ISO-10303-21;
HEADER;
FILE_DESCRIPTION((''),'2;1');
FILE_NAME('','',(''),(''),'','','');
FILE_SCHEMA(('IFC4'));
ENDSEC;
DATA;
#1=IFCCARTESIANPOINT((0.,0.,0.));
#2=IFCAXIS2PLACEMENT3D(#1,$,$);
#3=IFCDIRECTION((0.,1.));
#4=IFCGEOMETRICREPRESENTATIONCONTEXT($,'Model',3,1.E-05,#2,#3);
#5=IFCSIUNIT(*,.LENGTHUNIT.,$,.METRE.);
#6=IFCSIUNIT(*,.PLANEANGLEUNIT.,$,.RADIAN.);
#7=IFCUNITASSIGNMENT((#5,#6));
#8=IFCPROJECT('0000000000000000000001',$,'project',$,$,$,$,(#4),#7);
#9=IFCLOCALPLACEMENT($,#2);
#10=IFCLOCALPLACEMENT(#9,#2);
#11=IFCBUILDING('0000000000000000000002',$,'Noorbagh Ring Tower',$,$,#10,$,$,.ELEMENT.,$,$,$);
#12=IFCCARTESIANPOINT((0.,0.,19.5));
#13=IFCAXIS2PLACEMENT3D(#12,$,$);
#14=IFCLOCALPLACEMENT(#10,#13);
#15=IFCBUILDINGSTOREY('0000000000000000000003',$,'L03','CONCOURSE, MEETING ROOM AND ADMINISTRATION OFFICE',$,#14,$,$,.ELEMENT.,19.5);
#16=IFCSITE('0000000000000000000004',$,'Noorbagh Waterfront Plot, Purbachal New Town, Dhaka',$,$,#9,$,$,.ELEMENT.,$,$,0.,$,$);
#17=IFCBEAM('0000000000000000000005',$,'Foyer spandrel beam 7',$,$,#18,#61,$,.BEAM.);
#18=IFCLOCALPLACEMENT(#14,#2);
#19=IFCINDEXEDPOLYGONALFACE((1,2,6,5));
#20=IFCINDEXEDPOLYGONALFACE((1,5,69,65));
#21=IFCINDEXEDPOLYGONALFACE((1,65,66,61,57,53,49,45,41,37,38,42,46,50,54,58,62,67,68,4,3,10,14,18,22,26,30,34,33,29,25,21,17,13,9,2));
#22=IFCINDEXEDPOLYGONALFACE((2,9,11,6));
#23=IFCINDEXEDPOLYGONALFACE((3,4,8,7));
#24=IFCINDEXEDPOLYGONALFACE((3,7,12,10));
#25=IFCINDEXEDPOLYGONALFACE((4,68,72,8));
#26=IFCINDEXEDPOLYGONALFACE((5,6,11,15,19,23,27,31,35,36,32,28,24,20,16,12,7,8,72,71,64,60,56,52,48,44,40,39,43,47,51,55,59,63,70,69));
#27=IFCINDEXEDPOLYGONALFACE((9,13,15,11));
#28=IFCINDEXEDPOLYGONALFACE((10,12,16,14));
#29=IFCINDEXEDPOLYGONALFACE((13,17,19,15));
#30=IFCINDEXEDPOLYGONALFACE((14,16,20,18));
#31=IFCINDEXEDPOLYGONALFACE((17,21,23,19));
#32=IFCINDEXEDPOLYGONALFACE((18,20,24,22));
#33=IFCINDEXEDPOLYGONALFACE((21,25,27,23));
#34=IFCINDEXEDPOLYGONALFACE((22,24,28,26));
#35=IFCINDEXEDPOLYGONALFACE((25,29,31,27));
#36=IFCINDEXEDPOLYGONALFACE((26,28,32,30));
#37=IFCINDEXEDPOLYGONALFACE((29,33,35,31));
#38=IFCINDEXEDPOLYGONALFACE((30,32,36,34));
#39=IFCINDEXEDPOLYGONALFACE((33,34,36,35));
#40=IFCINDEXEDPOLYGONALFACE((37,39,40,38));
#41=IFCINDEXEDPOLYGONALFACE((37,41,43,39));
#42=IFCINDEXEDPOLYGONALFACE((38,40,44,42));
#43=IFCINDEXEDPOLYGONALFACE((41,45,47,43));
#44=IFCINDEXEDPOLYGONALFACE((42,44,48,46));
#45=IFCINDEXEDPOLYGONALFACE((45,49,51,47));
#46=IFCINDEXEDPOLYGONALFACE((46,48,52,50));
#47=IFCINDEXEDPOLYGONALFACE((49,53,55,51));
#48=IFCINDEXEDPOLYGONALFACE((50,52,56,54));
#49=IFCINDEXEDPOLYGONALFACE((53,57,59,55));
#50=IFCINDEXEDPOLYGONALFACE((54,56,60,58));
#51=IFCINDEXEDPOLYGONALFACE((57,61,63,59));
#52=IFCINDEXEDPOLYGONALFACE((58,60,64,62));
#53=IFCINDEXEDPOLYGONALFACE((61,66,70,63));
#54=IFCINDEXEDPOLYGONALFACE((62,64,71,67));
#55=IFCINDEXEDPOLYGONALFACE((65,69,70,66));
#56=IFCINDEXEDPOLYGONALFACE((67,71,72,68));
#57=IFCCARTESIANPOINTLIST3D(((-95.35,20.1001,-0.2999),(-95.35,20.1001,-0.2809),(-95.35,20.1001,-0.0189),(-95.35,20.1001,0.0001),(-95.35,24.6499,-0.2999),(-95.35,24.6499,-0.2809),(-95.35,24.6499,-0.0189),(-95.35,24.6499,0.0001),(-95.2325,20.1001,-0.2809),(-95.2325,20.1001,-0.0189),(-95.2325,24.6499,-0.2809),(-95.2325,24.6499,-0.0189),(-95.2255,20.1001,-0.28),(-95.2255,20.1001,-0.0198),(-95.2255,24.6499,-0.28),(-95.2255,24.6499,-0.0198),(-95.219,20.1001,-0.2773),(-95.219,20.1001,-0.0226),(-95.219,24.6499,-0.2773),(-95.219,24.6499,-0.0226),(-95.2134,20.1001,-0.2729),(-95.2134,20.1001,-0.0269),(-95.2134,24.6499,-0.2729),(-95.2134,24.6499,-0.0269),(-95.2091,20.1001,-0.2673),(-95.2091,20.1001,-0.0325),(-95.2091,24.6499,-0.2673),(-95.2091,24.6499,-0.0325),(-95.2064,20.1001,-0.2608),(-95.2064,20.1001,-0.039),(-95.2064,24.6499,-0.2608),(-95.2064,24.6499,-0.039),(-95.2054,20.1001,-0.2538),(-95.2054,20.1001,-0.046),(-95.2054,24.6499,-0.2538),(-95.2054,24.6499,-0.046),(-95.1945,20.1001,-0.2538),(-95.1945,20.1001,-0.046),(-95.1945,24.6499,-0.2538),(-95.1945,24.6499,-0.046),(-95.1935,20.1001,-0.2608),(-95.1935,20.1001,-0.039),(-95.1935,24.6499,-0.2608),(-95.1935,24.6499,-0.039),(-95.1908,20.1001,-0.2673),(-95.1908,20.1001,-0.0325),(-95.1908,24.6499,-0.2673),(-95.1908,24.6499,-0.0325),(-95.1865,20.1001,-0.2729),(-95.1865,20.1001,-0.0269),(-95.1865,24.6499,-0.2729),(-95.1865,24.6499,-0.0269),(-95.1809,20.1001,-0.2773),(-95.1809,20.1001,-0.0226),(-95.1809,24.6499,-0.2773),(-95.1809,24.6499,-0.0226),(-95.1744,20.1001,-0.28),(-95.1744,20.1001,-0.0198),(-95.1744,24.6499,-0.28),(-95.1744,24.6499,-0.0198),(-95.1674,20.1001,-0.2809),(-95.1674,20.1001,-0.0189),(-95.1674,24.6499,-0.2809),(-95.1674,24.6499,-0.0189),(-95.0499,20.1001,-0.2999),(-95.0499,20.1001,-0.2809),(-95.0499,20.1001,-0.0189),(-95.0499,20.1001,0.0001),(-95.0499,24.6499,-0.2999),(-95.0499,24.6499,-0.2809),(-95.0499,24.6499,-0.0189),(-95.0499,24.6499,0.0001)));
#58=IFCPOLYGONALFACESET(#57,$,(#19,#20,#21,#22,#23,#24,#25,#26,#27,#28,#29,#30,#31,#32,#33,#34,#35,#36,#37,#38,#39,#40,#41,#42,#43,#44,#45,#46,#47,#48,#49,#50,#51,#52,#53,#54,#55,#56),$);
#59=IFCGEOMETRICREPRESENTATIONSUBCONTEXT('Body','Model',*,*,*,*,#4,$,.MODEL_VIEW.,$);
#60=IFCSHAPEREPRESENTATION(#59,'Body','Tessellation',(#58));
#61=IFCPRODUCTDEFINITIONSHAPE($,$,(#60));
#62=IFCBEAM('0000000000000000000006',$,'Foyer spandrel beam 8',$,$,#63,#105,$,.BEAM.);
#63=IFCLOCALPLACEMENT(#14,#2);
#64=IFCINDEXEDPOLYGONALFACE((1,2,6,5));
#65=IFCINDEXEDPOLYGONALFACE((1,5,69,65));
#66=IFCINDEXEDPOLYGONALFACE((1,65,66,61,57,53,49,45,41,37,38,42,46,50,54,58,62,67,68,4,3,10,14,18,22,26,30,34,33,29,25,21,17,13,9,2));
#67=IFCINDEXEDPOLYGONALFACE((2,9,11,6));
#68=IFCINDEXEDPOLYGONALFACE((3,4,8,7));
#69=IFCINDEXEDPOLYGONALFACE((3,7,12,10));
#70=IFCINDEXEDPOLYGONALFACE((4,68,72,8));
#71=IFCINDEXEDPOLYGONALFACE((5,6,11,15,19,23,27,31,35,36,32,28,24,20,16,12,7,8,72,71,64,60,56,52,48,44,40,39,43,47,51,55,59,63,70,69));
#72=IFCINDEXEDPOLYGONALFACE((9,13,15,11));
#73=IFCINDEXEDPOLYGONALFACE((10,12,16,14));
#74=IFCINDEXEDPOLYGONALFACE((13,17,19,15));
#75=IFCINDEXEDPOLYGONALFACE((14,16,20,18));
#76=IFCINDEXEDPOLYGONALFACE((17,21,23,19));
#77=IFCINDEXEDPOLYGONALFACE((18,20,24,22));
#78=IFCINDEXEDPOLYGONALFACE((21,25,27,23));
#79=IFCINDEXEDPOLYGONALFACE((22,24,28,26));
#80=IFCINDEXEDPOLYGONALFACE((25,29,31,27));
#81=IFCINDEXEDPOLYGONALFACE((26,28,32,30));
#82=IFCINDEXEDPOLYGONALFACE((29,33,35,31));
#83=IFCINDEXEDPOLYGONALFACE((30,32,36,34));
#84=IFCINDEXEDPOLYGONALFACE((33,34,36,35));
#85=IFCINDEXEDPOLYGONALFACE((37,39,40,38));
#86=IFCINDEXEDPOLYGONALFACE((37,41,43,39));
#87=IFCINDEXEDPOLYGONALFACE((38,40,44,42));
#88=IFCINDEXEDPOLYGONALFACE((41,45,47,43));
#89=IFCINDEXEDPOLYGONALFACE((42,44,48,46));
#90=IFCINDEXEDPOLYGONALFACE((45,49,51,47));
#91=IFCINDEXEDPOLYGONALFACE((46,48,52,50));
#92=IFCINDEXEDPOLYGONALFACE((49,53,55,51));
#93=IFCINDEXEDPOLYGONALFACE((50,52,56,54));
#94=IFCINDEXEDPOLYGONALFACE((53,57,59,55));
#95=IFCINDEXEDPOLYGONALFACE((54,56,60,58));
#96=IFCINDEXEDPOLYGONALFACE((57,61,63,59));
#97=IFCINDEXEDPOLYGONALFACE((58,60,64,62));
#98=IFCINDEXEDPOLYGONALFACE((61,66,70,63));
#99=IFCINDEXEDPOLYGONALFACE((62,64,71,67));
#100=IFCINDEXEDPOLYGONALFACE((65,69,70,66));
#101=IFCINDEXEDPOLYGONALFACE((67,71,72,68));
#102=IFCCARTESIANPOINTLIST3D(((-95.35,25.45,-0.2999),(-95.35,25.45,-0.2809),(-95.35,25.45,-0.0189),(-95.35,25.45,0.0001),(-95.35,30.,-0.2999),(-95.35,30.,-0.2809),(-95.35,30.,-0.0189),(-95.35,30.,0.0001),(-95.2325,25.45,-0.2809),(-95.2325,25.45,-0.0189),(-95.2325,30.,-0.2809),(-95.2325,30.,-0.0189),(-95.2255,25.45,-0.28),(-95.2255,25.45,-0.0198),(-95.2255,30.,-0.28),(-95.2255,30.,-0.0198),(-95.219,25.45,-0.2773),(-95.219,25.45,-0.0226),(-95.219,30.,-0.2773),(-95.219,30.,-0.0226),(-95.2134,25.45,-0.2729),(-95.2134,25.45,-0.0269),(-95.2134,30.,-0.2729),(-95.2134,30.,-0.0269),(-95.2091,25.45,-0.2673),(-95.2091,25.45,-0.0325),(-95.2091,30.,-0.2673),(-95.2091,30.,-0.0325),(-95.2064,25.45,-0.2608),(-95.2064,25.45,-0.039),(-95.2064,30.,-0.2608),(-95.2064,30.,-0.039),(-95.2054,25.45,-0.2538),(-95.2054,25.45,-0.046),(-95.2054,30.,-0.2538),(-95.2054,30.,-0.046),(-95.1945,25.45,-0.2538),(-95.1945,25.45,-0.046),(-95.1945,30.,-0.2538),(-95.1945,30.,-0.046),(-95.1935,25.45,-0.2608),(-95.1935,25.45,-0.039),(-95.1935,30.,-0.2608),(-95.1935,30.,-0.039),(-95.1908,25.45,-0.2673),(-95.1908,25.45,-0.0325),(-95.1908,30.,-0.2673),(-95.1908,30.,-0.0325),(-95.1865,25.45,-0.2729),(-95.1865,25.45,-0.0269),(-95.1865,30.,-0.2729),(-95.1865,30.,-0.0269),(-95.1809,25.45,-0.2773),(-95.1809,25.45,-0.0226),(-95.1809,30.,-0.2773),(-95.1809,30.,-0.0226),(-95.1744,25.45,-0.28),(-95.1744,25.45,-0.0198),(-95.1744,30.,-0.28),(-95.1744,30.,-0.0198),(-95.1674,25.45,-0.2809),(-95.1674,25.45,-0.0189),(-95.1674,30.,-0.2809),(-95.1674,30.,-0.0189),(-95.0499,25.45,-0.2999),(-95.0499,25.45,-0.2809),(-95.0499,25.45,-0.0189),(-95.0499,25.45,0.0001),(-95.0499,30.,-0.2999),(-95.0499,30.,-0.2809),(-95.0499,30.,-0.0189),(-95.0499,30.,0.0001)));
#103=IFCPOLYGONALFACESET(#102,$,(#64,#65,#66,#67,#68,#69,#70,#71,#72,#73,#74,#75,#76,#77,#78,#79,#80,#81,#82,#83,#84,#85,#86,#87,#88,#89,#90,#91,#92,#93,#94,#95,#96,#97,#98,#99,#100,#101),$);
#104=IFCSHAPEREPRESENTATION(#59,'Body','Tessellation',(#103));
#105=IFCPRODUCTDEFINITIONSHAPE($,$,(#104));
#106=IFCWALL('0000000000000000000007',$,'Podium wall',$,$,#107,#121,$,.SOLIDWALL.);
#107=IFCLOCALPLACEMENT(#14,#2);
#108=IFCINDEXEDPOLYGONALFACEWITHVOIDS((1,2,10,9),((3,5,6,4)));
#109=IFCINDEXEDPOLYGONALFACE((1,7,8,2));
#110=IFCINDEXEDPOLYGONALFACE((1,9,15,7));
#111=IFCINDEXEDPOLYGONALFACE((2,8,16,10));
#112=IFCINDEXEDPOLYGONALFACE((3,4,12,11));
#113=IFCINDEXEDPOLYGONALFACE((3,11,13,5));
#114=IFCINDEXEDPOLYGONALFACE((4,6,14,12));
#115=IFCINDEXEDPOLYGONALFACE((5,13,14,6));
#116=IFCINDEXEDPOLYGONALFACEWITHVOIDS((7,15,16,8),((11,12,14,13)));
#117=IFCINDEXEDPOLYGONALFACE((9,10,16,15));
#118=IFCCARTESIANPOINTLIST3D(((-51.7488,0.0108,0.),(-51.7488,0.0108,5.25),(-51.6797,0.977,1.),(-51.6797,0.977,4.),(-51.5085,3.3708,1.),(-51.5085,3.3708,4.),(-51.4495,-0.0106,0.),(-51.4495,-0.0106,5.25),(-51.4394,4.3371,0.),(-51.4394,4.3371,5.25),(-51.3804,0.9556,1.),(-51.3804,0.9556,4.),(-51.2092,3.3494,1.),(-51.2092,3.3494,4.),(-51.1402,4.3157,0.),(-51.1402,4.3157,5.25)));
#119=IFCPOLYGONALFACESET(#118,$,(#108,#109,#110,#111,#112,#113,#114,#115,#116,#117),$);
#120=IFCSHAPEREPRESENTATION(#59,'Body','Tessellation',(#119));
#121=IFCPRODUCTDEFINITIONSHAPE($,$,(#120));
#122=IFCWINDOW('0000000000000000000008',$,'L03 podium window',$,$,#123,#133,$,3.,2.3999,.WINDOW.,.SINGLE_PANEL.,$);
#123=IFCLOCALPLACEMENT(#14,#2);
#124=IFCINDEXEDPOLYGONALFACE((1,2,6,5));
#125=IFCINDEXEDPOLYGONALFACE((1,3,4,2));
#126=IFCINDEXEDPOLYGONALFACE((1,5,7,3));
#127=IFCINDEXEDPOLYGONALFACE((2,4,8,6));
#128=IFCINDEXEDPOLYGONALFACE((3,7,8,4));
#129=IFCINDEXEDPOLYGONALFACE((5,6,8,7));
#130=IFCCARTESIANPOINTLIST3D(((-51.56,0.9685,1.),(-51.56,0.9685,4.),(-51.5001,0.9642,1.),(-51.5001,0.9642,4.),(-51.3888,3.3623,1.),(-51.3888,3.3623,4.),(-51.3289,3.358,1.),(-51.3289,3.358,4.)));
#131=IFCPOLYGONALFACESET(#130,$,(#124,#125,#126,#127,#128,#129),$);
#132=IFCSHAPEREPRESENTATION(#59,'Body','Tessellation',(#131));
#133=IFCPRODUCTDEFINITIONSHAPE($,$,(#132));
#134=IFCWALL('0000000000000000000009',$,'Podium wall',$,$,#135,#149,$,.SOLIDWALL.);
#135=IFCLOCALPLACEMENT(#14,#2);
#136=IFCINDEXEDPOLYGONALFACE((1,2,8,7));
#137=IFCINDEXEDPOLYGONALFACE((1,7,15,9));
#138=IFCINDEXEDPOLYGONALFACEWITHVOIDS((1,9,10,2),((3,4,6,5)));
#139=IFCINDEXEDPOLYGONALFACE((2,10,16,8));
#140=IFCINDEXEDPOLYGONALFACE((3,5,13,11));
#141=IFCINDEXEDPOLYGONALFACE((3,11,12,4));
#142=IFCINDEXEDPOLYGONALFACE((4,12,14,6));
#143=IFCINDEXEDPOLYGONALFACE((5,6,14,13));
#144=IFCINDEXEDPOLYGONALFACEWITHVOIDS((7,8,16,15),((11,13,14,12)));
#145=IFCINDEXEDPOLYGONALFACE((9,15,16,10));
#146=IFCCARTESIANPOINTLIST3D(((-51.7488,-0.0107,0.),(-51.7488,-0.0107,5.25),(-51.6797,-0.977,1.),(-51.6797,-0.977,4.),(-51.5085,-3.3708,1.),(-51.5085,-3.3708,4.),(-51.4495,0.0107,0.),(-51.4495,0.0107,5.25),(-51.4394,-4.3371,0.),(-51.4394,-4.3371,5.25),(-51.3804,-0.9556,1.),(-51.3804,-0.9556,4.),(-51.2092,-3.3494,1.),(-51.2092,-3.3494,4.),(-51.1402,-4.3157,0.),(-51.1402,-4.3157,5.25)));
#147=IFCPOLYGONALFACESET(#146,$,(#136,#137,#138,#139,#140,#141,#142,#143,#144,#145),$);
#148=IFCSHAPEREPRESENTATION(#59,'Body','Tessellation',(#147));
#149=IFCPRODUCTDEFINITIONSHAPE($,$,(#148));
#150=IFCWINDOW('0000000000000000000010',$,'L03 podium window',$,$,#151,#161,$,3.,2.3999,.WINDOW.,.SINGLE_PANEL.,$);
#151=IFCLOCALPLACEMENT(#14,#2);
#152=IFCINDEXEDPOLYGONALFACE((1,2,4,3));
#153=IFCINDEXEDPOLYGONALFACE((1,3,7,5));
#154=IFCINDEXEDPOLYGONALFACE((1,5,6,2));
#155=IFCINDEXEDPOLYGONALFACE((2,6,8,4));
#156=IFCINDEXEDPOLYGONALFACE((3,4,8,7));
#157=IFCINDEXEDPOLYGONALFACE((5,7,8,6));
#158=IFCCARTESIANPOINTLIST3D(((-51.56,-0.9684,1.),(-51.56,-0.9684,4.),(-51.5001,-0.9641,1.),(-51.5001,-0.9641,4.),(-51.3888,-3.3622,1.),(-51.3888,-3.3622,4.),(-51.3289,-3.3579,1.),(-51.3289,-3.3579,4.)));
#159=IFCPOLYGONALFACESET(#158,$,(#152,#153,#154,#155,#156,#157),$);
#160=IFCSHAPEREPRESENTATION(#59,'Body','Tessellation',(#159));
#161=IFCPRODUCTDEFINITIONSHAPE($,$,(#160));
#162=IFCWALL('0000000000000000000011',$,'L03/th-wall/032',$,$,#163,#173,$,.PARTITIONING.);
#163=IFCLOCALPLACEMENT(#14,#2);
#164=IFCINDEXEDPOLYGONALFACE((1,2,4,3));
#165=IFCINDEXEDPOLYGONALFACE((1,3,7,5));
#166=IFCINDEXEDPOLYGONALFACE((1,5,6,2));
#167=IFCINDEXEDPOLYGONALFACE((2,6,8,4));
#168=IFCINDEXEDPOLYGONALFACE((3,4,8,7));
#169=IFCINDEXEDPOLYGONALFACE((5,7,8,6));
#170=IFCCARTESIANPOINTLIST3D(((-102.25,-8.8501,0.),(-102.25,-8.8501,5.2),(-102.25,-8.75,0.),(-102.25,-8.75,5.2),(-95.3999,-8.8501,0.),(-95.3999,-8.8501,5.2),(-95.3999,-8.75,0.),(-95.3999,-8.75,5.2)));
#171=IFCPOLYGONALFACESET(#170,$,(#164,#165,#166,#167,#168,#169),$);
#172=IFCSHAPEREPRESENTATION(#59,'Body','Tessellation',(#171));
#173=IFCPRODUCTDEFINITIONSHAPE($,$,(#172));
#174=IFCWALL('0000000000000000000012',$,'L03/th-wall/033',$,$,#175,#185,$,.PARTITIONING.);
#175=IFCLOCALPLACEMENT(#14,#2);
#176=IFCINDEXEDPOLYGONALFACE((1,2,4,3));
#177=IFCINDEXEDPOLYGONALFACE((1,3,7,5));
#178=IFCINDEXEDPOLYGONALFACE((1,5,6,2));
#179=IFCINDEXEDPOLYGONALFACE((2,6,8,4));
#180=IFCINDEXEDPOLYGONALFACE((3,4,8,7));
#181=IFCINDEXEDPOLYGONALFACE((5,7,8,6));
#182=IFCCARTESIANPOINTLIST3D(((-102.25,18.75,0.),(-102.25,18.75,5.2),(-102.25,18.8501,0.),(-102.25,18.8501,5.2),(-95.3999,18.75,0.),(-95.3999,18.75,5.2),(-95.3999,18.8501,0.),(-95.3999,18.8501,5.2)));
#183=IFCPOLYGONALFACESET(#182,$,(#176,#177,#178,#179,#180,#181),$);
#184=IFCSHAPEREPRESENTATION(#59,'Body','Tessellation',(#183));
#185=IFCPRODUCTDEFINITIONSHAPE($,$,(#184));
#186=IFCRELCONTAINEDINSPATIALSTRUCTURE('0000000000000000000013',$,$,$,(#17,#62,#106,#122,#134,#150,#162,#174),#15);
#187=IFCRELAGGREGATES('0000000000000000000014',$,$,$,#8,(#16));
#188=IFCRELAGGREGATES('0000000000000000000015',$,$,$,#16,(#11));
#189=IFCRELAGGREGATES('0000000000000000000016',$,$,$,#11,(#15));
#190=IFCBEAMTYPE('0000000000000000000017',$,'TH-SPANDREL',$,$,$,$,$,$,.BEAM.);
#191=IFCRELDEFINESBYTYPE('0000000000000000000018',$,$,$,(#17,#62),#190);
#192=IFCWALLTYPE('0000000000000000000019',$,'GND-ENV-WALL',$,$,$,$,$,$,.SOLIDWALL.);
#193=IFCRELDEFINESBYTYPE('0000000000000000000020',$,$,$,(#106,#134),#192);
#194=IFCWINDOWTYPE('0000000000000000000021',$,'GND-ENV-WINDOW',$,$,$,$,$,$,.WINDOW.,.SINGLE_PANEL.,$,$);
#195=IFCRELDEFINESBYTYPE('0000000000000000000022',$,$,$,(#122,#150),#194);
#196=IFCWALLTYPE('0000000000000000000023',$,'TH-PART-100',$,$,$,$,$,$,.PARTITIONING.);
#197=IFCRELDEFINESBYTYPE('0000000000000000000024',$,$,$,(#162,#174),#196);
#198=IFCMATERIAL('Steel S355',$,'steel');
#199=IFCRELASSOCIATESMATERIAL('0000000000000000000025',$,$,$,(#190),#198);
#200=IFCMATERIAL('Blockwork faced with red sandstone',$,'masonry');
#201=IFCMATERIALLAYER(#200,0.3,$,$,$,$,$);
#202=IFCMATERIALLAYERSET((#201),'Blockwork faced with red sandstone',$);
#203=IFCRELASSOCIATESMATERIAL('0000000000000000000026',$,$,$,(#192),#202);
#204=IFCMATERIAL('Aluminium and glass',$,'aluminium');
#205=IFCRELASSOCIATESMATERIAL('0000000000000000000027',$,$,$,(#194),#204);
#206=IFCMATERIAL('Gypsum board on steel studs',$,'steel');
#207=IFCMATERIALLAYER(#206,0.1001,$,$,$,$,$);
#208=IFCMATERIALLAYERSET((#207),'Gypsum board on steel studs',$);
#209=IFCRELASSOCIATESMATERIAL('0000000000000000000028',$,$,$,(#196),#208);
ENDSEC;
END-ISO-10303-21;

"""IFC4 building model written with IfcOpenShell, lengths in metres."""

from ifc_helpers import new_model, si_unit, direction, frame, frame_2d, origin, origin_2d, place, context, subcontext, project, spatial, rectangle, i_section, extrude, material, layer, layer_set, material_profile, profile_set, type_object, element, fill, save


model = new_model("IFC4")

# Units and contexts
model_context = context("Model", 3, precision=1e-05, world=origin(), true_north=direction((0.0, 1.0)))
body_context = subcontext(model_context, "Body", "Model", "MODEL_VIEW")
ifc_project = project(units=[si_unit("LENGTHUNIT", "METRE"), si_unit("PLANEANGLEUNIT", "RADIAN")], contexts=[model_context])

# Site, building, storey
site_placement = place(None, origin())
site = spatial("IfcSite", under=ifc_project, at=site_placement, Name="Noorbagh Waterfront Plot, Purbachal New Town, Dhaka", CompositionType="ELEMENT", RefElevation=0.0)
building_placement = place(site_placement, origin())
building = spatial("IfcBuilding", under=site, at=building_placement, Name="Noorbagh Ring Tower", CompositionType="ELEMENT")
storey_placement = place(building_placement, frame((0.0, 0.0, 19.5)))
storey = spatial("IfcBuildingStorey", under=building, at=storey_placement, Name="L03", Description="CONCOURSE, MEETING ROOM AND ADMINISTRATION OFFICE", CompositionType="ELEMENT", Elevation=19.5)

# Beams
ifc_material_1 = material(Name="Steel S355", Category="steel")
ifc_material_profile_1 = material_profile(ifc_material_1, i_section(OverallWidth=0.3, OverallDepth=0.3, WebThickness=0.011, FlangeThickness=0.019, FilletRadius=0.0271, at=origin_2d()), Name="HEB300")
ifc_profile_set_1 = profile_set([ifc_material_profile_1], Name="Steel S355")
beam_type = type_object("IfcBeamType", Name="TH-SPANDREL", PredefinedType="BEAM", material=ifc_profile_set_1)
beam_1_placement = place(storey_placement, frame((-95.2, 20.1001, -0.1499), z_axis=(0.0, 1.0, 0.0), x_axis=(-1.0, 0.0, 0.0)))
element("IfcBeam", 1, at=beam_1_placement, inside=storey, type_object=beam_type, Name="Foyer spandrel beam 7", PredefinedType="BEAM", context=body_context, shape_type="SweptSolid", body=[
    extrude(i_section(OverallWidth=0.3, OverallDepth=0.3, WebThickness=0.011, FlangeThickness=0.019, FilletRadius=0.0271, at=origin_2d()), origin(), (0.0, 0.0, 1.0), 4.5498),
])
beam_2_placement = place(storey_placement, frame((-95.2, 25.45, -0.1499), z_axis=(0.0, 1.0, 0.0), x_axis=(-1.0, 0.0, 0.0)))
element("IfcBeam", 2, at=beam_2_placement, inside=storey, type_object=beam_type, Name="Foyer spandrel beam 8", PredefinedType="BEAM", context=body_context, shape_type="SweptSolid", body=[
    extrude(i_section(OverallWidth=0.3, OverallDepth=0.3, WebThickness=0.011, FlangeThickness=0.019, FilletRadius=0.0271, at=origin_2d()), origin(), (0.0, 0.0, 1.0), 4.55),
])

# Walls, openings, windows
ifc_material_2 = material(Name="Blockwork faced with red sandstone", Category="masonry")
ifc_layer_1 = layer(ifc_material_2, 0.3)
ifc_layer_set_1 = layer_set([ifc_layer_1], Name="Blockwork faced with red sandstone")
wall_type_1 = type_object("IfcWallType", Name="GND-ENV-WALL", PredefinedType="SOLIDWALL", material=ifc_layer_set_1)
wall_1_placement = place(storey_placement, frame((-51.2898, 4.3264, 0.0), z_axis=(0.0, 0.0, 1.0), x_axis=(-0.071315, -0.997454, 0.0)))
wall_1 = element("IfcWall", 3, at=wall_1_placement, inside=storey, type_object=wall_type_1, Name="Podium wall", PredefinedType="SOLIDWALL", context=body_context, shape_type="SweptSolid", body=[
    extrude(rectangle(XDim=4.3374, YDim=0.3, at=frame_2d((2.1687, 0.0))), origin(), (0.0, 0.0, 1.0), 5.25),
])
opening_1_placement = place(wall_1_placement, frame((0.9688, 0.0, 1.0)))
opening_1 = element("IfcOpeningElement", 4, at=opening_1_placement, cuts=wall_1, PredefinedType="OPENING", context=body_context, shape_type="SweptSolid", body=[
    extrude(rectangle(XDim=2.3999, YDim=3.0, at=frame_2d((1.2, 1.5))), frame((0.0, 0.1602, 0.0), z_axis=(0.0, -1.0, 0.0), x_axis=(1.0, 0.0, 0.0)), (0.0, 0.0, 1.0), 0.3201),
])
ifc_material_3 = material(Name="Aluminium and glass", Category="aluminium")
window_type = type_object("IfcWindowType", Name="GND-ENV-WINDOW", PartitioningType="SINGLE_PANEL", PredefinedType="WINDOW", material=ifc_material_3)
window_1_placement = place(opening_1_placement, origin())
window_1 = element("IfcWindow", 5, at=window_1_placement, inside=storey, type_object=window_type, Name="L03 podium window", OverallHeight=3.0, OverallWidth=2.3999, PartitioningType="SINGLE_PANEL", PredefinedType="WINDOW", context=body_context, shape_type="SweptSolid", body=[
    extrude(rectangle(XDim=2.3999, YDim=3.0, at=frame_2d((1.2, 1.5))), frame((0.0, 0.03, 0.0), z_axis=(0.0, -1.0, 0.0), x_axis=(1.0, 0.0, 0.0)), (0.0, 0.0, 1.0), 0.0601),
])
fill(opening_1, window_1)
wall_2_placement = place(storey_placement, frame((-51.5991, 0.0, 0.0), z_axis=(0.0, 0.0, 1.0), x_axis=(0.071315, -0.997454, 0.0)))
wall_2 = element("IfcWall", 6, at=wall_2_placement, inside=storey, type_object=wall_type_1, Name="Podium wall", PredefinedType="SOLIDWALL", context=body_context, shape_type="SweptSolid", body=[
    extrude(rectangle(XDim=4.3374, YDim=0.3, at=frame_2d((2.1687, 0.0))), origin(), (0.0, 0.0, 1.0), 5.25),
])
opening_2_placement = place(wall_2_placement, frame((0.9688, 0.0, 1.0)))
opening_2 = element("IfcOpeningElement", 7, at=opening_2_placement, cuts=wall_2, PredefinedType="OPENING", context=body_context, shape_type="SweptSolid", body=[
    extrude(rectangle(XDim=2.3999, YDim=3.0, at=frame_2d((1.2, 1.5))), frame((0.0, 0.1602, 0.0), z_axis=(0.0, -1.0, 0.0), x_axis=(1.0, 0.0, 0.0)), (0.0, 0.0, 1.0), 0.3201),
])
window_2_placement = place(opening_2_placement, origin())
window_2 = element("IfcWindow", 8, at=window_2_placement, inside=storey, type_object=window_type, Name="L03 podium window", OverallHeight=3.0, OverallWidth=2.3999, PartitioningType="SINGLE_PANEL", PredefinedType="WINDOW", context=body_context, shape_type="SweptSolid", body=[
    extrude(rectangle(XDim=2.3999, YDim=3.0, at=frame_2d((1.2, 1.5))), frame((0.0, 0.03, 0.0), z_axis=(0.0, -1.0, 0.0), x_axis=(1.0, 0.0, 0.0)), (0.0, 0.0, 1.0), 0.0601),
])
fill(opening_2, window_2)

# Walls
ifc_material_4 = material(Name="Gypsum board on steel studs", Category="steel")
ifc_layer_2 = layer(ifc_material_4, 0.1001)
ifc_layer_set_2 = layer_set([ifc_layer_2], Name="Gypsum board on steel studs")
wall_type_2 = type_object("IfcWallType", Name="TH-PART-100", PredefinedType="PARTITIONING", material=ifc_layer_set_2)
for number, where, z_axis, x_axis, name in (
    (9, (-102.25, -8.8, 0.0), (0.0, 0.0, 1.0), (1.0, 0.0, 0.0), "L03/th-wall/032"),
    (10, (-102.25, 18.8, 0.0), (0.0, 0.0, 1.0), (1.0, 0.0, 0.0), "L03/th-wall/033"),
):
    element("IfcWall", number, at=place(storey_placement, frame(where, z_axis=z_axis, x_axis=x_axis)), inside=storey, type_object=wall_type_2, Name=name, PredefinedType="PARTITIONING", context=body_context, shape_type="SweptSolid", body=[
        extrude(rectangle(XDim=6.8501, YDim=0.1001, at=frame_2d((3.425, 0.0))), origin(), (0.0, 0.0, 1.0), 5.2),
    ])

save(model, "model.ifc")
